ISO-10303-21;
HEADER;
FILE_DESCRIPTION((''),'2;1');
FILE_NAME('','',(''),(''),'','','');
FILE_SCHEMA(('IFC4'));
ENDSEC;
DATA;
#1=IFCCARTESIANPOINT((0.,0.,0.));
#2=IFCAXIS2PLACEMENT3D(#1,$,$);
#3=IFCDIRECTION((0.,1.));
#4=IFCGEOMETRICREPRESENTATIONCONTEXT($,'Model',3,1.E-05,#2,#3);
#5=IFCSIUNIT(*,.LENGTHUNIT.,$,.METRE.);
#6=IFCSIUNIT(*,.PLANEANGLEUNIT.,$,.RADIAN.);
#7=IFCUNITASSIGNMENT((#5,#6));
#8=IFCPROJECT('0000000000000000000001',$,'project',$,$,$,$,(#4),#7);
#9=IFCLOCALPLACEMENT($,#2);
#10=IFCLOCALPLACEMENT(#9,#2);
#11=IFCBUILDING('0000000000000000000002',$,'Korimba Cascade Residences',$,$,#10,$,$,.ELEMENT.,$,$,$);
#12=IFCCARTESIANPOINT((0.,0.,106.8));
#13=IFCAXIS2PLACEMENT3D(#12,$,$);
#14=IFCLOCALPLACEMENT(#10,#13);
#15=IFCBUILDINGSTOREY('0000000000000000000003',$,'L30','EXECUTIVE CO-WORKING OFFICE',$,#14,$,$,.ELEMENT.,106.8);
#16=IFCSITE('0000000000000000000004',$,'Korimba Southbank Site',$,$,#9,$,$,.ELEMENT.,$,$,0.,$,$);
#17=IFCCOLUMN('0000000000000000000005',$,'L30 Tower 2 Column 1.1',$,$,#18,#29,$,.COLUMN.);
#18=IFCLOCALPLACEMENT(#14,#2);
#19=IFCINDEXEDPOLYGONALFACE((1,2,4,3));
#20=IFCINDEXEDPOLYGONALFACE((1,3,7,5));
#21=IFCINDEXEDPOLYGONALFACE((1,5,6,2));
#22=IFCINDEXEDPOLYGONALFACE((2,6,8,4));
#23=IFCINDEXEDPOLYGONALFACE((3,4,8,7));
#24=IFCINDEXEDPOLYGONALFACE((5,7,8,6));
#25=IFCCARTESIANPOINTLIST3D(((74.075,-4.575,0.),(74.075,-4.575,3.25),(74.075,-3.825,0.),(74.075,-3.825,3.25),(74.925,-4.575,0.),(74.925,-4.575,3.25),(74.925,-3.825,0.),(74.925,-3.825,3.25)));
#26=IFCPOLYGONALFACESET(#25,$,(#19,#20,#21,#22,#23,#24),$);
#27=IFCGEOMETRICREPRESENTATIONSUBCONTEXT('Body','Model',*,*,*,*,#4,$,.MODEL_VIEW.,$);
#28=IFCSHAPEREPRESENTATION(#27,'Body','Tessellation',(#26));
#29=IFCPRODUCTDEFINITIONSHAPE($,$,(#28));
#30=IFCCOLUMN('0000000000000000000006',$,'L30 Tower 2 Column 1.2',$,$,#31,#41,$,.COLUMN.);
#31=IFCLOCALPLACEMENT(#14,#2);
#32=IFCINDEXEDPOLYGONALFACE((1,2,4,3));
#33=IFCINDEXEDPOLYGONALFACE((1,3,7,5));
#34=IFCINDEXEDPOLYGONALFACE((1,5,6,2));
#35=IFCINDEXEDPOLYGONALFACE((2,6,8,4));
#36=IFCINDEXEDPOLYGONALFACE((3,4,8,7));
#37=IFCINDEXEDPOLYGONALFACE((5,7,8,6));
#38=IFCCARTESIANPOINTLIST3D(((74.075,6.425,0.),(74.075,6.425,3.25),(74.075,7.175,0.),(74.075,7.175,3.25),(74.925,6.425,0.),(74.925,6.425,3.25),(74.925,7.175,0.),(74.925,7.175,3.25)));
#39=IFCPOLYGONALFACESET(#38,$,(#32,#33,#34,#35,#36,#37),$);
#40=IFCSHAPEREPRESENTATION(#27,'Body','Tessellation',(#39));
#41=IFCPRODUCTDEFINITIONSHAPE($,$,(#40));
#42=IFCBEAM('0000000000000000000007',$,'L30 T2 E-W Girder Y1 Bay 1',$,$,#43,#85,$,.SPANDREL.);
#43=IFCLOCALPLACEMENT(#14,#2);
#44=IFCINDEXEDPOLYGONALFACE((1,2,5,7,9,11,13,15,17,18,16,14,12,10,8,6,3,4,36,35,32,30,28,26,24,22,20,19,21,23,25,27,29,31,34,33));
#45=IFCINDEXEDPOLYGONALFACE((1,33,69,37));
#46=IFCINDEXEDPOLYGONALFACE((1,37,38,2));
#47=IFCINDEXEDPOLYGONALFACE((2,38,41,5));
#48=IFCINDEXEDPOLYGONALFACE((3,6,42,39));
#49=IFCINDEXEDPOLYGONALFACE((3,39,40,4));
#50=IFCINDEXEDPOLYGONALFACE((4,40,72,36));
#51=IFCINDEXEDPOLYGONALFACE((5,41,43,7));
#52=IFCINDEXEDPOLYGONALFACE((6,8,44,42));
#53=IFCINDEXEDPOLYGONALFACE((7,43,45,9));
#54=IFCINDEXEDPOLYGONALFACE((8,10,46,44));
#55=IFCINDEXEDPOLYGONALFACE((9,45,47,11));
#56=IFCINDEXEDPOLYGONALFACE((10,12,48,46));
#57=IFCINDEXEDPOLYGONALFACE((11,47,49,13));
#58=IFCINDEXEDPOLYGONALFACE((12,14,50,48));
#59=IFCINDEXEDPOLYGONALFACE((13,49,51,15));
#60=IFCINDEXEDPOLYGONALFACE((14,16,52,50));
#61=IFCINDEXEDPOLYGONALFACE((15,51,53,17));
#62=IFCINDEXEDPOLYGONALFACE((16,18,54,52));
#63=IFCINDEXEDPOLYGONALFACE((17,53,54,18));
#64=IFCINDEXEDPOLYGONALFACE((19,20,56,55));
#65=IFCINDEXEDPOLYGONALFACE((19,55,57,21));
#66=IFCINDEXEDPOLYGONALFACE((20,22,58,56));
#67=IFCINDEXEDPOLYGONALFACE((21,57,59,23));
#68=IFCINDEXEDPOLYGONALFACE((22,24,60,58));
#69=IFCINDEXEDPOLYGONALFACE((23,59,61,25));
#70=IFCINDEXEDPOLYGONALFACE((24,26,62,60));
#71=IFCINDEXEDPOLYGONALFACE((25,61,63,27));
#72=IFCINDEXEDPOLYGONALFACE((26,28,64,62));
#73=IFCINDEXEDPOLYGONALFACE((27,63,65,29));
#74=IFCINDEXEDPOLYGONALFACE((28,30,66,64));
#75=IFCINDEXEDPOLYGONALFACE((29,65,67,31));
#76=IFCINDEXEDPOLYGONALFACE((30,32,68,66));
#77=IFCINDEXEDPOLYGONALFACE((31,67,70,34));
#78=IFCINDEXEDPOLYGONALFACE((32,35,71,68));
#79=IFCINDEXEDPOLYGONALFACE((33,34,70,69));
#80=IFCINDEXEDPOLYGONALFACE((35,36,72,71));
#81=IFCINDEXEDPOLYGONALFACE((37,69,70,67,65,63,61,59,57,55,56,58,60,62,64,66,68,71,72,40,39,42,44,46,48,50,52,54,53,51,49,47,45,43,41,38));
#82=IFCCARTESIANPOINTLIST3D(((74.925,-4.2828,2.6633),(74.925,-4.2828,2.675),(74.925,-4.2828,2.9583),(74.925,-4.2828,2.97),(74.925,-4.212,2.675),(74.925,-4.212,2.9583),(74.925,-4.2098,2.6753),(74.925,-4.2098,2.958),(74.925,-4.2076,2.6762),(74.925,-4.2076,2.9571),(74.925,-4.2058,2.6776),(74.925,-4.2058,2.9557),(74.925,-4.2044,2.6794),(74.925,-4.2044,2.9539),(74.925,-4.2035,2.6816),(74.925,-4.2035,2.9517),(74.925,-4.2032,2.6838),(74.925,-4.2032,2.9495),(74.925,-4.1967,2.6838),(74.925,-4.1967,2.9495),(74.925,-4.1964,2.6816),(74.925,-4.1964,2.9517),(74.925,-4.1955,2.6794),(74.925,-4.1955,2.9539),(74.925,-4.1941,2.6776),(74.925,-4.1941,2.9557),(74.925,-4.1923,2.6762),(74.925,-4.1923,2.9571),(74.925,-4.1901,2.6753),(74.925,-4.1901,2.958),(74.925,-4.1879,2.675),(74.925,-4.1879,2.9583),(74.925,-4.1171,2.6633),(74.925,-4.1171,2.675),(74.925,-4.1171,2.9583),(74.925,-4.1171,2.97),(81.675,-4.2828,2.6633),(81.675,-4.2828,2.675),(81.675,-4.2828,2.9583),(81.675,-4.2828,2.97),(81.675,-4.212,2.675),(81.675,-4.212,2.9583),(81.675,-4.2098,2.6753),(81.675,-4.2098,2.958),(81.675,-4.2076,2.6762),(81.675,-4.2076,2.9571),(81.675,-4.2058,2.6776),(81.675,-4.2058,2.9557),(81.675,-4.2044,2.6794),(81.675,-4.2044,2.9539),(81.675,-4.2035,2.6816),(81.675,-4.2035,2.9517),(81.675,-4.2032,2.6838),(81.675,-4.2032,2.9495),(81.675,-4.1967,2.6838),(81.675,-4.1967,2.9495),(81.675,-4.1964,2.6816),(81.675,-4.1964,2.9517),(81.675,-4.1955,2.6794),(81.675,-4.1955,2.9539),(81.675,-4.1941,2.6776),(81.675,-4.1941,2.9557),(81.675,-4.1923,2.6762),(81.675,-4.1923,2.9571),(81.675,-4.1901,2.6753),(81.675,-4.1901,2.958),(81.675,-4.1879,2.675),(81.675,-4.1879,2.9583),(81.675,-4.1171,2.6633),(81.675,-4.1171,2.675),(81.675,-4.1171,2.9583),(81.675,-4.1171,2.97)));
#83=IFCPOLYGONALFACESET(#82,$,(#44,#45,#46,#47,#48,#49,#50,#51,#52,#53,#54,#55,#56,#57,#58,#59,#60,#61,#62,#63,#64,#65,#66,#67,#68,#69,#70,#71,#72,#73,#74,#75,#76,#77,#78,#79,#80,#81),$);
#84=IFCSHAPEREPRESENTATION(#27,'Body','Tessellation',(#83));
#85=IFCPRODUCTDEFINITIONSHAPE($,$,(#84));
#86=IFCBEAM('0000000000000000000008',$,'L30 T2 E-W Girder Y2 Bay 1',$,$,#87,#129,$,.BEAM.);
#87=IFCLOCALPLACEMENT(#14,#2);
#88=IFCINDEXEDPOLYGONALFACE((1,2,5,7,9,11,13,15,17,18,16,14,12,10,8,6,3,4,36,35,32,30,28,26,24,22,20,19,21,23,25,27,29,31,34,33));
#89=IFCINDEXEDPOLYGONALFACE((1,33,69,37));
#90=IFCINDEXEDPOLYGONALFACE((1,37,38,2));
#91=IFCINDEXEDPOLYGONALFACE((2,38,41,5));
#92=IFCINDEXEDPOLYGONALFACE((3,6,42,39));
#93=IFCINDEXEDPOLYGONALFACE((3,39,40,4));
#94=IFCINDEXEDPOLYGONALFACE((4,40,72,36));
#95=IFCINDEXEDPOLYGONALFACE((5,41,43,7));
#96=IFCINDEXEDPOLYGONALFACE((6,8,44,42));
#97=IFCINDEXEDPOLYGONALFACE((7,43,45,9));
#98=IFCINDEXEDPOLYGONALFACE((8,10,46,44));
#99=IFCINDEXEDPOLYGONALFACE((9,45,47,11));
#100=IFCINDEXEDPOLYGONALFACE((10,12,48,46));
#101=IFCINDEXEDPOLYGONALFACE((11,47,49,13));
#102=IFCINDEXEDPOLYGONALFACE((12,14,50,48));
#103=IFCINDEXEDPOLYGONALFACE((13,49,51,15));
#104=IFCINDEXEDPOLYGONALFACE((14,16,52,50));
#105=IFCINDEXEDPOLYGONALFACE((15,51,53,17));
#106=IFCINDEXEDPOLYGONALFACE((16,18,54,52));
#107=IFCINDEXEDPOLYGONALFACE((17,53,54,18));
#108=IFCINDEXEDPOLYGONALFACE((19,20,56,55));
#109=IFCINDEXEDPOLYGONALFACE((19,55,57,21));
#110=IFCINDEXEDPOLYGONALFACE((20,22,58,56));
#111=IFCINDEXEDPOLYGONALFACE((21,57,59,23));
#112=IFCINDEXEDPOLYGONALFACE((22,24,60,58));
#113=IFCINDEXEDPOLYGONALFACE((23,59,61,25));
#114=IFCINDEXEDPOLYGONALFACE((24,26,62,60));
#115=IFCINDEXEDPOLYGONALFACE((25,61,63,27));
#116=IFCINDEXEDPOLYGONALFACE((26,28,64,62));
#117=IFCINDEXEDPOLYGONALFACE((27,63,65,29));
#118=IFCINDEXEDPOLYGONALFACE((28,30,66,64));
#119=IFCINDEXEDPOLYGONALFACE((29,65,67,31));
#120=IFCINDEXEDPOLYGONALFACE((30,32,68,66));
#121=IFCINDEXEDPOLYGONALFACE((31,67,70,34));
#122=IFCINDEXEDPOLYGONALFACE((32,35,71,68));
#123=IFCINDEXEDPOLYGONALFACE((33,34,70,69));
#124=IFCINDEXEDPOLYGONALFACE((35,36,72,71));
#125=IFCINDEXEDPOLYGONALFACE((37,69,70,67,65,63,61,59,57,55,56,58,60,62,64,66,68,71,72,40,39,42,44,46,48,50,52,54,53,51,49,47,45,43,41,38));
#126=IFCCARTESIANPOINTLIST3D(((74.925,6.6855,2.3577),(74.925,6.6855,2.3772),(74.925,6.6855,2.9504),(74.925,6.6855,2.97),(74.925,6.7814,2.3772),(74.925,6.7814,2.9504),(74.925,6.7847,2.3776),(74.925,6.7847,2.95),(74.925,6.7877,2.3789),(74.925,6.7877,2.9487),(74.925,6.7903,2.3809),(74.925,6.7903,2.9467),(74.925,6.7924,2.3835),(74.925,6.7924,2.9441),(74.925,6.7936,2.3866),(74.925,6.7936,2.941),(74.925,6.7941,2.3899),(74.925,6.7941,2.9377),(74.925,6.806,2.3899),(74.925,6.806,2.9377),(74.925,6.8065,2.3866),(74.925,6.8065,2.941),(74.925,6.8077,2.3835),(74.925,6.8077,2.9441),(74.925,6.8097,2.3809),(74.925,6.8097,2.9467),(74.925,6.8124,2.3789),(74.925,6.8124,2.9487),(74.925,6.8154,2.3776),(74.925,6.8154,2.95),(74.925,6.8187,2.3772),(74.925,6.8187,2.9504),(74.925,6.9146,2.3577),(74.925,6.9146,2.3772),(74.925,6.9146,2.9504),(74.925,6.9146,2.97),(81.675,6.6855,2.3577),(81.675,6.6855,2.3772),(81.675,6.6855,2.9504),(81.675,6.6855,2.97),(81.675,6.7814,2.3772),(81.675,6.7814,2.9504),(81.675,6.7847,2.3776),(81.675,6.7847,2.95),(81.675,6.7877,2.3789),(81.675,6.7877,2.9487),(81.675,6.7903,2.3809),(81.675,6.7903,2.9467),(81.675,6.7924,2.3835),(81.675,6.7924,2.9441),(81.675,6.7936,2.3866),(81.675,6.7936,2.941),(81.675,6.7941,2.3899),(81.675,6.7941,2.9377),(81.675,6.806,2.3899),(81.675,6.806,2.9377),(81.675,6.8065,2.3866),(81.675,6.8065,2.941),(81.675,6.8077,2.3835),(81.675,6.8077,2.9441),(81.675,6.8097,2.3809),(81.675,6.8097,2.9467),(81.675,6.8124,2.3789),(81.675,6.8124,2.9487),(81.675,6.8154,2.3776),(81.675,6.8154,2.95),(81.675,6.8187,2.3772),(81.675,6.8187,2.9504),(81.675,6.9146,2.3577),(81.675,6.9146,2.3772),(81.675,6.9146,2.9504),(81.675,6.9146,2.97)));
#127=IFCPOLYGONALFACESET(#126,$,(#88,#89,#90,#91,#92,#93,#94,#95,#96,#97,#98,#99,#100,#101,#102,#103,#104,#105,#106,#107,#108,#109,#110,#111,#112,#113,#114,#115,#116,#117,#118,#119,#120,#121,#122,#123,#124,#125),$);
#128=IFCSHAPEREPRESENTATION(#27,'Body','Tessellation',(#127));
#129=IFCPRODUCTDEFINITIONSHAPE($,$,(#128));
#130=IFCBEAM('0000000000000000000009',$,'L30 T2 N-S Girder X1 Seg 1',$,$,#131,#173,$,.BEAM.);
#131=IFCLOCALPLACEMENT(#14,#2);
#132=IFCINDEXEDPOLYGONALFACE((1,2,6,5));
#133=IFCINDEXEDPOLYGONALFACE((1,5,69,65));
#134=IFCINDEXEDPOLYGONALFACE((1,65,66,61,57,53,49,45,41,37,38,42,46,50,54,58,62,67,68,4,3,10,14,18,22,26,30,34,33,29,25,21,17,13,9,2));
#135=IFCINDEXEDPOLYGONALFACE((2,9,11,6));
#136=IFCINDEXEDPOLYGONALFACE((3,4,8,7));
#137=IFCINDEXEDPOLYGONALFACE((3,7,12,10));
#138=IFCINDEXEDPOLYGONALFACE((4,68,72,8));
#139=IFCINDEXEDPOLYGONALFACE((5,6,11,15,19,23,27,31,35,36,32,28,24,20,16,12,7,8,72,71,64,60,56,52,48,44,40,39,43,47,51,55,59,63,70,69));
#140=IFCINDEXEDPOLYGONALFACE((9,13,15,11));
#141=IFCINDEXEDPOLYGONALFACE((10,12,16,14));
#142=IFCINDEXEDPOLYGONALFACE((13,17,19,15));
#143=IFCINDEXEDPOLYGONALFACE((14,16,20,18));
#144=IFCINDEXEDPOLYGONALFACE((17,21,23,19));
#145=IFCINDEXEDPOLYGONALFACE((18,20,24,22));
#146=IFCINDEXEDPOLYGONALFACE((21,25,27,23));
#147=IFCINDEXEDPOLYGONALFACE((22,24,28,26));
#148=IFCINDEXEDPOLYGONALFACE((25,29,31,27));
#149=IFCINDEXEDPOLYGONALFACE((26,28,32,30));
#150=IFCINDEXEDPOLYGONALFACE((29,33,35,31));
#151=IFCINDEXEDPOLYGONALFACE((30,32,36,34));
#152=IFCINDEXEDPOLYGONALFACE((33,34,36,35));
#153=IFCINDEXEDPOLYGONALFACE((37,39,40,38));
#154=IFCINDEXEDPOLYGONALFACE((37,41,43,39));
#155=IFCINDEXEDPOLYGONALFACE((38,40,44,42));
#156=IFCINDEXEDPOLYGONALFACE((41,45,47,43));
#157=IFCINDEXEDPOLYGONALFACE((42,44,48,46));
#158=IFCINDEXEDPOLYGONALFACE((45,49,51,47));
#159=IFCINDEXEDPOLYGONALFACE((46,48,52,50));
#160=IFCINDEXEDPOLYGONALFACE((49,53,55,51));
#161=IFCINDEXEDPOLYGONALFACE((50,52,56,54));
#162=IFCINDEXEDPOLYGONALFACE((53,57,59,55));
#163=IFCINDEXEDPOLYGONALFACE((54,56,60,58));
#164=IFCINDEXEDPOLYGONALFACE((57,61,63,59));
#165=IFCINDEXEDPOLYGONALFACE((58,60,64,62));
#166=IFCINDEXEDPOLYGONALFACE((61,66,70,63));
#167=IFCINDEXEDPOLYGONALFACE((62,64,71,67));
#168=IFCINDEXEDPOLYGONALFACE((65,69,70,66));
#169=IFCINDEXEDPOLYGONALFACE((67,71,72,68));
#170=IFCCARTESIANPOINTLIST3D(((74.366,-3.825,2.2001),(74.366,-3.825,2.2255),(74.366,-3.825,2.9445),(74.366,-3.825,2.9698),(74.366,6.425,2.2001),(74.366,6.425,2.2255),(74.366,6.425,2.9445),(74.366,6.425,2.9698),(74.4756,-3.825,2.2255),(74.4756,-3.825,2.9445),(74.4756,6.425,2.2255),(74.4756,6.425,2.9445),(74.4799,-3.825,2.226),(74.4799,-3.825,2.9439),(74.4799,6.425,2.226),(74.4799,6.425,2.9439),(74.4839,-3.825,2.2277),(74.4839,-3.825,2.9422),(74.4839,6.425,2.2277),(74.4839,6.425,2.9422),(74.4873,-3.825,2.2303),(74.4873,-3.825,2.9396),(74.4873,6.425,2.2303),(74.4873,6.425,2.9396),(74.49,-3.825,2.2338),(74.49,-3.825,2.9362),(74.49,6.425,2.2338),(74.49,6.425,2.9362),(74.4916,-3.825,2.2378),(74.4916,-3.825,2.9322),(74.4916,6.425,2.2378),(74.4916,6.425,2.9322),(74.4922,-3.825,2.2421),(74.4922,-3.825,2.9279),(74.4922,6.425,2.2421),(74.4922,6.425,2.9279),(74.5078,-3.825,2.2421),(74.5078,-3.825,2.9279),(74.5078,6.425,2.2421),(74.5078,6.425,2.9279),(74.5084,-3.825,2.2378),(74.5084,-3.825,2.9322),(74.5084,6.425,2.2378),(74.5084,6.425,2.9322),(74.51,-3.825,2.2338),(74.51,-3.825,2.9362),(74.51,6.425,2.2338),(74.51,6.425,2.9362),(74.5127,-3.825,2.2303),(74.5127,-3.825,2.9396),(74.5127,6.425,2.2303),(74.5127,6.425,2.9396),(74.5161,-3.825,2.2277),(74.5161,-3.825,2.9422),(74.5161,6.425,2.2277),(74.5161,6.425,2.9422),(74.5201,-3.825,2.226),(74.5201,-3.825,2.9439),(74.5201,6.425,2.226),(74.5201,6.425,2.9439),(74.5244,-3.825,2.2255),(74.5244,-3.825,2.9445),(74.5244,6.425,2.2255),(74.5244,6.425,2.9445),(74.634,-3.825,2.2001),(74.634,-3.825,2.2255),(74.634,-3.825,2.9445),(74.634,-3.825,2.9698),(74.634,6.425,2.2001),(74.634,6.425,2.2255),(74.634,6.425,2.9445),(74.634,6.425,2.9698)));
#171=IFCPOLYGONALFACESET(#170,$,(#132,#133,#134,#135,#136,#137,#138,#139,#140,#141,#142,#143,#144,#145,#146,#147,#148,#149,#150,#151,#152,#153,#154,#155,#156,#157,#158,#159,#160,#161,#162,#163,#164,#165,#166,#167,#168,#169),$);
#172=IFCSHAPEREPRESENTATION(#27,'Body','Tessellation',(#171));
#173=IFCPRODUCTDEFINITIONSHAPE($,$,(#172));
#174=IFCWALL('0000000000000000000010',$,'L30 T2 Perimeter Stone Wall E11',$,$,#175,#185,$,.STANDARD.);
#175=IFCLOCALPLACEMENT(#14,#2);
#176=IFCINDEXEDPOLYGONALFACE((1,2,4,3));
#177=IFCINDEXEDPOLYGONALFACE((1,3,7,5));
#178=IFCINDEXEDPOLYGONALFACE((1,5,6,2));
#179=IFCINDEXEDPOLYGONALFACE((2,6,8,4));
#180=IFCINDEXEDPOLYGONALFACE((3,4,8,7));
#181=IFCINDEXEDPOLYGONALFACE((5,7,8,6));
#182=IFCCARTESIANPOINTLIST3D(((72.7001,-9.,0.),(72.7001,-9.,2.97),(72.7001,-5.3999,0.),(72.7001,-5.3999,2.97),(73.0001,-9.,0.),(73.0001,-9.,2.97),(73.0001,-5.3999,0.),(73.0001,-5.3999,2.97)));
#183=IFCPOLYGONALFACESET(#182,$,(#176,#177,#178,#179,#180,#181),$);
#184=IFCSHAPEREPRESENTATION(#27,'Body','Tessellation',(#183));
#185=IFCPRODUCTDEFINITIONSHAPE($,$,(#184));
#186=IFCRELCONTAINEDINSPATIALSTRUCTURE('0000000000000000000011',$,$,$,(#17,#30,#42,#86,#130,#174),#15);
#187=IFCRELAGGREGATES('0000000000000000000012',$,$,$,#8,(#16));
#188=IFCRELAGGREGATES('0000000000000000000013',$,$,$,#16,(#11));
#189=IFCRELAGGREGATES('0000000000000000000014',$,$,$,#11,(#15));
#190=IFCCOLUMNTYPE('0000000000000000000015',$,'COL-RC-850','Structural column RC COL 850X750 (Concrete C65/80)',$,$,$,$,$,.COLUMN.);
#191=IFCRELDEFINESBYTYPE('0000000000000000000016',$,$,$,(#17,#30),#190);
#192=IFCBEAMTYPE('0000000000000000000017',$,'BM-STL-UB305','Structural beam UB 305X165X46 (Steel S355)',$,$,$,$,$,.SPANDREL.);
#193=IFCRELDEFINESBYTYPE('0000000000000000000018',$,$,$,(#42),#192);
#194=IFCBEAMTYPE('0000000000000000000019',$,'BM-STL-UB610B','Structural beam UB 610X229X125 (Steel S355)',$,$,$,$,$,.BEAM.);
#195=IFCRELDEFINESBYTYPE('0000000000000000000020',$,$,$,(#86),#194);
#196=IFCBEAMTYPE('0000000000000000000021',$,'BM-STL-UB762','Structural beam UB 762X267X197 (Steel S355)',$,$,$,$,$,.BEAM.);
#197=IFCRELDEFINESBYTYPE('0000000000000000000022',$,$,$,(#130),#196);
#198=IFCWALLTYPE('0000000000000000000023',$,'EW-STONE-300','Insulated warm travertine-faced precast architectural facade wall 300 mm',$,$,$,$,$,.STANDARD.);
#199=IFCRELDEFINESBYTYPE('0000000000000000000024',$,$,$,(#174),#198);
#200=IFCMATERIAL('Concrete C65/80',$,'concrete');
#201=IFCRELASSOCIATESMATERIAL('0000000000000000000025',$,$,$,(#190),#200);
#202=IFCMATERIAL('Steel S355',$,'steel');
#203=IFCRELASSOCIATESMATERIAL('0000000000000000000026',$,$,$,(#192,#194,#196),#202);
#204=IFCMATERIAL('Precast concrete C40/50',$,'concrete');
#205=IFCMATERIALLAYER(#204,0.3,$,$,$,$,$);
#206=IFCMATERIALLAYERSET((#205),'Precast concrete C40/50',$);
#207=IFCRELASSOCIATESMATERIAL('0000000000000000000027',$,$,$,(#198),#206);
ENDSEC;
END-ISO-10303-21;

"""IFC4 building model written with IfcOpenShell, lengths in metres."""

from ifc_helpers import new_model, si_unit, direction, frame, frame_2d, origin, origin_2d, place, context, subcontext, project, spatial, rectangle, i_section, extrude, material, layer, layer_set, material_profile, profile_set, type_object, element, save


model = new_model("IFC4")

# Units and contexts
model_context = context("Model", 3, precision=1e-05, world=origin(), true_north=direction((0.0, 1.0)))
body_context = subcontext(model_context, "Body", "Model", "MODEL_VIEW")
ifc_project = project(units=[si_unit("LENGTHUNIT", "METRE"), si_unit("PLANEANGLEUNIT", "RADIAN")], contexts=[model_context])

# Site, building, storey
site_placement = place(None, origin())
site = spatial("IfcSite", under=ifc_project, at=site_placement, Name="Korimba Southbank Site", CompositionType="ELEMENT", RefElevation=0.0)
building_placement = place(site_placement, origin())
building = spatial("IfcBuilding", under=site, at=building_placement, Name="Korimba Cascade Residences", CompositionType="ELEMENT")
storey_placement = place(building_placement, frame((0.0, 0.0, 106.8)))
storey = spatial("IfcBuildingStorey", under=building, at=storey_placement, Name="L30", Description="EXECUTIVE CO-WORKING OFFICE", CompositionType="ELEMENT", Elevation=106.8)

# Columns
ifc_material_1 = material(Name="Concrete C65/80", Category="concrete")
ifc_material_profile_1 = material_profile(ifc_material_1, rectangle(XDim=0.8501, YDim=0.75, at=origin_2d()), Name="Concrete C65/80")
ifc_profile_set_1 = profile_set([ifc_material_profile_1], Name="Concrete C65/80")
column_type = type_object("IfcColumnType", Name="COL-RC-850", Description="Structural column RC COL 850X750 (Concrete C65/80)", PredefinedType="COLUMN", material=ifc_profile_set_1)
for number, where, z_axis, x_axis, name in (
    (1, (74.5, -4.2, 0.0), (0.0, 0.0, 1.0), (1.0, 0.0, 0.0), "L30 Tower 2 Column 1.1"),
    (2, (74.5, 6.8, 0.0), (0.0, 0.0, 1.0), (1.0, 0.0, 0.0), "L30 Tower 2 Column 1.2"),
):
    element("IfcColumn", number, at=place(storey_placement, frame(where, z_axis=z_axis, x_axis=x_axis)), inside=storey, type_object=column_type, Name=name, PredefinedType="COLUMN", context=body_context, shape_type="SweptSolid", body=[
        extrude(rectangle(XDim=0.8501, YDim=0.75, at=origin_2d()), origin(), (0.0, 0.0, 1.0), 3.25),
    ])

# Beams
ifc_material_2 = material(Name="Steel S355", Category="steel")
ifc_material_profile_2 = material_profile(ifc_material_2, i_section(OverallWidth=0.1658, OverallDepth=0.3066, WebThickness=0.0066, FlangeThickness=0.0117, FilletRadius=0.0088, at=origin_2d()), Name="Steel S355")
ifc_profile_set_2 = profile_set([ifc_material_profile_2], Name="Steel S355")
beam_type_1 = type_object("IfcBeamType", Name="BM-STL-UB305", Description="Structural beam UB 305X165X46 (Steel S355)", PredefinedType="SPANDREL", material=ifc_profile_set_2)
beam_1_placement = place(storey_placement, frame((74.925, -4.2, 2.8167), z_axis=(1.0, 0.0, 0.0), x_axis=(0.0, 1.0, 0.0)))
element("IfcBeam", 3, at=beam_1_placement, inside=storey, type_object=beam_type_1, Name="L30 T2 E-W Girder Y1 Bay 1", PredefinedType="SPANDREL", context=body_context, shape_type="SweptSolid", body=[
    extrude(i_section(OverallWidth=0.1658, OverallDepth=0.3066, WebThickness=0.0066, FlangeThickness=0.0117, FilletRadius=0.0088, at=origin_2d()), origin(), (0.0, 0.0, 1.0), 6.75),
])
ifc_material_profile_3 = material_profile(ifc_material_2, i_section(OverallWidth=0.229, OverallDepth=0.6123, WebThickness=0.012, FlangeThickness=0.0195, FilletRadius=0.0127, at=origin_2d()), Name="Steel S355")
ifc_profile_set_3 = profile_set([ifc_material_profile_3], Name="Steel S355")
beam_type_2 = type_object("IfcBeamType", Name="BM-STL-UB610B", Description="Structural beam UB 610X229X125 (Steel S355)", PredefinedType="BEAM", material=ifc_profile_set_3)
beam_2_placement = place(storey_placement, frame((74.925, 6.8, 2.6638), z_axis=(1.0, 0.0, 0.0), x_axis=(0.0, 1.0, 0.0)))
element("IfcBeam", 4, at=beam_2_placement, inside=storey, type_object=beam_type_2, Name="L30 T2 E-W Girder Y2 Bay 1", PredefinedType="BEAM", context=body_context, shape_type="SweptSolid", body=[
    extrude(i_section(OverallWidth=0.229, OverallDepth=0.6123, WebThickness=0.012, FlangeThickness=0.0195, FilletRadius=0.0127, at=origin_2d()), origin(), (0.0, 0.0, 1.0), 6.75),
])
ifc_material_profile_4 = material_profile(ifc_material_2, i_section(OverallWidth=0.2681, OverallDepth=0.7698, WebThickness=0.0156, FlangeThickness=0.0254, FilletRadius=0.0166, at=origin_2d()), Name="Steel S355")
ifc_profile_set_4 = profile_set([ifc_material_profile_4], Name="Steel S355")
beam_type_3 = type_object("IfcBeamType", Name="BM-STL-UB762", Description="Structural beam UB 762X267X197 (Steel S355)", PredefinedType="BEAM", material=ifc_profile_set_4)
beam_3_placement = place(storey_placement, frame((74.5, -3.825, 2.585), z_axis=(0.0, 1.0, 0.0), x_axis=(-1.0, 0.0, 0.0)))
element("IfcBeam", 5, at=beam_3_placement, inside=storey, type_object=beam_type_3, Name="L30 T2 N-S Girder X1 Seg 1", PredefinedType="BEAM", context=body_context, shape_type="SweptSolid", body=[
    extrude(i_section(OverallWidth=0.2681, OverallDepth=0.7698, WebThickness=0.0156, FlangeThickness=0.0254, FilletRadius=0.0166, at=origin_2d()), origin(), (0.0, 0.0, 1.0), 10.25),
])

# Wall
ifc_material_3 = material(Name="Precast concrete C40/50", Category="concrete")
ifc_layer_1 = layer(ifc_material_3, 0.3)
ifc_layer_set_1 = layer_set([ifc_layer_1], Name="Precast concrete C40/50")
wall_type_1 = type_object("IfcWallType", Name="EW-STONE-300", Description="Insulated warm travertine-faced precast architectural facade wall 300 mm", PredefinedType="STANDARD", material=ifc_layer_set_1)
wall_1_placement = place(storey_placement, frame((72.8501, -5.3999, 0.0), z_axis=(0.0, 0.0, 1.0), x_axis=(0.0, -1.0, 0.0)))
element("IfcWall", 6, at=wall_1_placement, inside=storey, type_object=wall_type_1, Name="L30 T2 Perimeter Stone Wall E11", PredefinedType="STANDARD", context=body_context, shape_type="SweptSolid", body=[
    extrude(rectangle(XDim=3.6001, YDim=0.3, at=frame_2d((1.8, 0.0))), origin(), (0.0, 0.0, 1.0), 2.97),
])

save(model, "model.ifc")
